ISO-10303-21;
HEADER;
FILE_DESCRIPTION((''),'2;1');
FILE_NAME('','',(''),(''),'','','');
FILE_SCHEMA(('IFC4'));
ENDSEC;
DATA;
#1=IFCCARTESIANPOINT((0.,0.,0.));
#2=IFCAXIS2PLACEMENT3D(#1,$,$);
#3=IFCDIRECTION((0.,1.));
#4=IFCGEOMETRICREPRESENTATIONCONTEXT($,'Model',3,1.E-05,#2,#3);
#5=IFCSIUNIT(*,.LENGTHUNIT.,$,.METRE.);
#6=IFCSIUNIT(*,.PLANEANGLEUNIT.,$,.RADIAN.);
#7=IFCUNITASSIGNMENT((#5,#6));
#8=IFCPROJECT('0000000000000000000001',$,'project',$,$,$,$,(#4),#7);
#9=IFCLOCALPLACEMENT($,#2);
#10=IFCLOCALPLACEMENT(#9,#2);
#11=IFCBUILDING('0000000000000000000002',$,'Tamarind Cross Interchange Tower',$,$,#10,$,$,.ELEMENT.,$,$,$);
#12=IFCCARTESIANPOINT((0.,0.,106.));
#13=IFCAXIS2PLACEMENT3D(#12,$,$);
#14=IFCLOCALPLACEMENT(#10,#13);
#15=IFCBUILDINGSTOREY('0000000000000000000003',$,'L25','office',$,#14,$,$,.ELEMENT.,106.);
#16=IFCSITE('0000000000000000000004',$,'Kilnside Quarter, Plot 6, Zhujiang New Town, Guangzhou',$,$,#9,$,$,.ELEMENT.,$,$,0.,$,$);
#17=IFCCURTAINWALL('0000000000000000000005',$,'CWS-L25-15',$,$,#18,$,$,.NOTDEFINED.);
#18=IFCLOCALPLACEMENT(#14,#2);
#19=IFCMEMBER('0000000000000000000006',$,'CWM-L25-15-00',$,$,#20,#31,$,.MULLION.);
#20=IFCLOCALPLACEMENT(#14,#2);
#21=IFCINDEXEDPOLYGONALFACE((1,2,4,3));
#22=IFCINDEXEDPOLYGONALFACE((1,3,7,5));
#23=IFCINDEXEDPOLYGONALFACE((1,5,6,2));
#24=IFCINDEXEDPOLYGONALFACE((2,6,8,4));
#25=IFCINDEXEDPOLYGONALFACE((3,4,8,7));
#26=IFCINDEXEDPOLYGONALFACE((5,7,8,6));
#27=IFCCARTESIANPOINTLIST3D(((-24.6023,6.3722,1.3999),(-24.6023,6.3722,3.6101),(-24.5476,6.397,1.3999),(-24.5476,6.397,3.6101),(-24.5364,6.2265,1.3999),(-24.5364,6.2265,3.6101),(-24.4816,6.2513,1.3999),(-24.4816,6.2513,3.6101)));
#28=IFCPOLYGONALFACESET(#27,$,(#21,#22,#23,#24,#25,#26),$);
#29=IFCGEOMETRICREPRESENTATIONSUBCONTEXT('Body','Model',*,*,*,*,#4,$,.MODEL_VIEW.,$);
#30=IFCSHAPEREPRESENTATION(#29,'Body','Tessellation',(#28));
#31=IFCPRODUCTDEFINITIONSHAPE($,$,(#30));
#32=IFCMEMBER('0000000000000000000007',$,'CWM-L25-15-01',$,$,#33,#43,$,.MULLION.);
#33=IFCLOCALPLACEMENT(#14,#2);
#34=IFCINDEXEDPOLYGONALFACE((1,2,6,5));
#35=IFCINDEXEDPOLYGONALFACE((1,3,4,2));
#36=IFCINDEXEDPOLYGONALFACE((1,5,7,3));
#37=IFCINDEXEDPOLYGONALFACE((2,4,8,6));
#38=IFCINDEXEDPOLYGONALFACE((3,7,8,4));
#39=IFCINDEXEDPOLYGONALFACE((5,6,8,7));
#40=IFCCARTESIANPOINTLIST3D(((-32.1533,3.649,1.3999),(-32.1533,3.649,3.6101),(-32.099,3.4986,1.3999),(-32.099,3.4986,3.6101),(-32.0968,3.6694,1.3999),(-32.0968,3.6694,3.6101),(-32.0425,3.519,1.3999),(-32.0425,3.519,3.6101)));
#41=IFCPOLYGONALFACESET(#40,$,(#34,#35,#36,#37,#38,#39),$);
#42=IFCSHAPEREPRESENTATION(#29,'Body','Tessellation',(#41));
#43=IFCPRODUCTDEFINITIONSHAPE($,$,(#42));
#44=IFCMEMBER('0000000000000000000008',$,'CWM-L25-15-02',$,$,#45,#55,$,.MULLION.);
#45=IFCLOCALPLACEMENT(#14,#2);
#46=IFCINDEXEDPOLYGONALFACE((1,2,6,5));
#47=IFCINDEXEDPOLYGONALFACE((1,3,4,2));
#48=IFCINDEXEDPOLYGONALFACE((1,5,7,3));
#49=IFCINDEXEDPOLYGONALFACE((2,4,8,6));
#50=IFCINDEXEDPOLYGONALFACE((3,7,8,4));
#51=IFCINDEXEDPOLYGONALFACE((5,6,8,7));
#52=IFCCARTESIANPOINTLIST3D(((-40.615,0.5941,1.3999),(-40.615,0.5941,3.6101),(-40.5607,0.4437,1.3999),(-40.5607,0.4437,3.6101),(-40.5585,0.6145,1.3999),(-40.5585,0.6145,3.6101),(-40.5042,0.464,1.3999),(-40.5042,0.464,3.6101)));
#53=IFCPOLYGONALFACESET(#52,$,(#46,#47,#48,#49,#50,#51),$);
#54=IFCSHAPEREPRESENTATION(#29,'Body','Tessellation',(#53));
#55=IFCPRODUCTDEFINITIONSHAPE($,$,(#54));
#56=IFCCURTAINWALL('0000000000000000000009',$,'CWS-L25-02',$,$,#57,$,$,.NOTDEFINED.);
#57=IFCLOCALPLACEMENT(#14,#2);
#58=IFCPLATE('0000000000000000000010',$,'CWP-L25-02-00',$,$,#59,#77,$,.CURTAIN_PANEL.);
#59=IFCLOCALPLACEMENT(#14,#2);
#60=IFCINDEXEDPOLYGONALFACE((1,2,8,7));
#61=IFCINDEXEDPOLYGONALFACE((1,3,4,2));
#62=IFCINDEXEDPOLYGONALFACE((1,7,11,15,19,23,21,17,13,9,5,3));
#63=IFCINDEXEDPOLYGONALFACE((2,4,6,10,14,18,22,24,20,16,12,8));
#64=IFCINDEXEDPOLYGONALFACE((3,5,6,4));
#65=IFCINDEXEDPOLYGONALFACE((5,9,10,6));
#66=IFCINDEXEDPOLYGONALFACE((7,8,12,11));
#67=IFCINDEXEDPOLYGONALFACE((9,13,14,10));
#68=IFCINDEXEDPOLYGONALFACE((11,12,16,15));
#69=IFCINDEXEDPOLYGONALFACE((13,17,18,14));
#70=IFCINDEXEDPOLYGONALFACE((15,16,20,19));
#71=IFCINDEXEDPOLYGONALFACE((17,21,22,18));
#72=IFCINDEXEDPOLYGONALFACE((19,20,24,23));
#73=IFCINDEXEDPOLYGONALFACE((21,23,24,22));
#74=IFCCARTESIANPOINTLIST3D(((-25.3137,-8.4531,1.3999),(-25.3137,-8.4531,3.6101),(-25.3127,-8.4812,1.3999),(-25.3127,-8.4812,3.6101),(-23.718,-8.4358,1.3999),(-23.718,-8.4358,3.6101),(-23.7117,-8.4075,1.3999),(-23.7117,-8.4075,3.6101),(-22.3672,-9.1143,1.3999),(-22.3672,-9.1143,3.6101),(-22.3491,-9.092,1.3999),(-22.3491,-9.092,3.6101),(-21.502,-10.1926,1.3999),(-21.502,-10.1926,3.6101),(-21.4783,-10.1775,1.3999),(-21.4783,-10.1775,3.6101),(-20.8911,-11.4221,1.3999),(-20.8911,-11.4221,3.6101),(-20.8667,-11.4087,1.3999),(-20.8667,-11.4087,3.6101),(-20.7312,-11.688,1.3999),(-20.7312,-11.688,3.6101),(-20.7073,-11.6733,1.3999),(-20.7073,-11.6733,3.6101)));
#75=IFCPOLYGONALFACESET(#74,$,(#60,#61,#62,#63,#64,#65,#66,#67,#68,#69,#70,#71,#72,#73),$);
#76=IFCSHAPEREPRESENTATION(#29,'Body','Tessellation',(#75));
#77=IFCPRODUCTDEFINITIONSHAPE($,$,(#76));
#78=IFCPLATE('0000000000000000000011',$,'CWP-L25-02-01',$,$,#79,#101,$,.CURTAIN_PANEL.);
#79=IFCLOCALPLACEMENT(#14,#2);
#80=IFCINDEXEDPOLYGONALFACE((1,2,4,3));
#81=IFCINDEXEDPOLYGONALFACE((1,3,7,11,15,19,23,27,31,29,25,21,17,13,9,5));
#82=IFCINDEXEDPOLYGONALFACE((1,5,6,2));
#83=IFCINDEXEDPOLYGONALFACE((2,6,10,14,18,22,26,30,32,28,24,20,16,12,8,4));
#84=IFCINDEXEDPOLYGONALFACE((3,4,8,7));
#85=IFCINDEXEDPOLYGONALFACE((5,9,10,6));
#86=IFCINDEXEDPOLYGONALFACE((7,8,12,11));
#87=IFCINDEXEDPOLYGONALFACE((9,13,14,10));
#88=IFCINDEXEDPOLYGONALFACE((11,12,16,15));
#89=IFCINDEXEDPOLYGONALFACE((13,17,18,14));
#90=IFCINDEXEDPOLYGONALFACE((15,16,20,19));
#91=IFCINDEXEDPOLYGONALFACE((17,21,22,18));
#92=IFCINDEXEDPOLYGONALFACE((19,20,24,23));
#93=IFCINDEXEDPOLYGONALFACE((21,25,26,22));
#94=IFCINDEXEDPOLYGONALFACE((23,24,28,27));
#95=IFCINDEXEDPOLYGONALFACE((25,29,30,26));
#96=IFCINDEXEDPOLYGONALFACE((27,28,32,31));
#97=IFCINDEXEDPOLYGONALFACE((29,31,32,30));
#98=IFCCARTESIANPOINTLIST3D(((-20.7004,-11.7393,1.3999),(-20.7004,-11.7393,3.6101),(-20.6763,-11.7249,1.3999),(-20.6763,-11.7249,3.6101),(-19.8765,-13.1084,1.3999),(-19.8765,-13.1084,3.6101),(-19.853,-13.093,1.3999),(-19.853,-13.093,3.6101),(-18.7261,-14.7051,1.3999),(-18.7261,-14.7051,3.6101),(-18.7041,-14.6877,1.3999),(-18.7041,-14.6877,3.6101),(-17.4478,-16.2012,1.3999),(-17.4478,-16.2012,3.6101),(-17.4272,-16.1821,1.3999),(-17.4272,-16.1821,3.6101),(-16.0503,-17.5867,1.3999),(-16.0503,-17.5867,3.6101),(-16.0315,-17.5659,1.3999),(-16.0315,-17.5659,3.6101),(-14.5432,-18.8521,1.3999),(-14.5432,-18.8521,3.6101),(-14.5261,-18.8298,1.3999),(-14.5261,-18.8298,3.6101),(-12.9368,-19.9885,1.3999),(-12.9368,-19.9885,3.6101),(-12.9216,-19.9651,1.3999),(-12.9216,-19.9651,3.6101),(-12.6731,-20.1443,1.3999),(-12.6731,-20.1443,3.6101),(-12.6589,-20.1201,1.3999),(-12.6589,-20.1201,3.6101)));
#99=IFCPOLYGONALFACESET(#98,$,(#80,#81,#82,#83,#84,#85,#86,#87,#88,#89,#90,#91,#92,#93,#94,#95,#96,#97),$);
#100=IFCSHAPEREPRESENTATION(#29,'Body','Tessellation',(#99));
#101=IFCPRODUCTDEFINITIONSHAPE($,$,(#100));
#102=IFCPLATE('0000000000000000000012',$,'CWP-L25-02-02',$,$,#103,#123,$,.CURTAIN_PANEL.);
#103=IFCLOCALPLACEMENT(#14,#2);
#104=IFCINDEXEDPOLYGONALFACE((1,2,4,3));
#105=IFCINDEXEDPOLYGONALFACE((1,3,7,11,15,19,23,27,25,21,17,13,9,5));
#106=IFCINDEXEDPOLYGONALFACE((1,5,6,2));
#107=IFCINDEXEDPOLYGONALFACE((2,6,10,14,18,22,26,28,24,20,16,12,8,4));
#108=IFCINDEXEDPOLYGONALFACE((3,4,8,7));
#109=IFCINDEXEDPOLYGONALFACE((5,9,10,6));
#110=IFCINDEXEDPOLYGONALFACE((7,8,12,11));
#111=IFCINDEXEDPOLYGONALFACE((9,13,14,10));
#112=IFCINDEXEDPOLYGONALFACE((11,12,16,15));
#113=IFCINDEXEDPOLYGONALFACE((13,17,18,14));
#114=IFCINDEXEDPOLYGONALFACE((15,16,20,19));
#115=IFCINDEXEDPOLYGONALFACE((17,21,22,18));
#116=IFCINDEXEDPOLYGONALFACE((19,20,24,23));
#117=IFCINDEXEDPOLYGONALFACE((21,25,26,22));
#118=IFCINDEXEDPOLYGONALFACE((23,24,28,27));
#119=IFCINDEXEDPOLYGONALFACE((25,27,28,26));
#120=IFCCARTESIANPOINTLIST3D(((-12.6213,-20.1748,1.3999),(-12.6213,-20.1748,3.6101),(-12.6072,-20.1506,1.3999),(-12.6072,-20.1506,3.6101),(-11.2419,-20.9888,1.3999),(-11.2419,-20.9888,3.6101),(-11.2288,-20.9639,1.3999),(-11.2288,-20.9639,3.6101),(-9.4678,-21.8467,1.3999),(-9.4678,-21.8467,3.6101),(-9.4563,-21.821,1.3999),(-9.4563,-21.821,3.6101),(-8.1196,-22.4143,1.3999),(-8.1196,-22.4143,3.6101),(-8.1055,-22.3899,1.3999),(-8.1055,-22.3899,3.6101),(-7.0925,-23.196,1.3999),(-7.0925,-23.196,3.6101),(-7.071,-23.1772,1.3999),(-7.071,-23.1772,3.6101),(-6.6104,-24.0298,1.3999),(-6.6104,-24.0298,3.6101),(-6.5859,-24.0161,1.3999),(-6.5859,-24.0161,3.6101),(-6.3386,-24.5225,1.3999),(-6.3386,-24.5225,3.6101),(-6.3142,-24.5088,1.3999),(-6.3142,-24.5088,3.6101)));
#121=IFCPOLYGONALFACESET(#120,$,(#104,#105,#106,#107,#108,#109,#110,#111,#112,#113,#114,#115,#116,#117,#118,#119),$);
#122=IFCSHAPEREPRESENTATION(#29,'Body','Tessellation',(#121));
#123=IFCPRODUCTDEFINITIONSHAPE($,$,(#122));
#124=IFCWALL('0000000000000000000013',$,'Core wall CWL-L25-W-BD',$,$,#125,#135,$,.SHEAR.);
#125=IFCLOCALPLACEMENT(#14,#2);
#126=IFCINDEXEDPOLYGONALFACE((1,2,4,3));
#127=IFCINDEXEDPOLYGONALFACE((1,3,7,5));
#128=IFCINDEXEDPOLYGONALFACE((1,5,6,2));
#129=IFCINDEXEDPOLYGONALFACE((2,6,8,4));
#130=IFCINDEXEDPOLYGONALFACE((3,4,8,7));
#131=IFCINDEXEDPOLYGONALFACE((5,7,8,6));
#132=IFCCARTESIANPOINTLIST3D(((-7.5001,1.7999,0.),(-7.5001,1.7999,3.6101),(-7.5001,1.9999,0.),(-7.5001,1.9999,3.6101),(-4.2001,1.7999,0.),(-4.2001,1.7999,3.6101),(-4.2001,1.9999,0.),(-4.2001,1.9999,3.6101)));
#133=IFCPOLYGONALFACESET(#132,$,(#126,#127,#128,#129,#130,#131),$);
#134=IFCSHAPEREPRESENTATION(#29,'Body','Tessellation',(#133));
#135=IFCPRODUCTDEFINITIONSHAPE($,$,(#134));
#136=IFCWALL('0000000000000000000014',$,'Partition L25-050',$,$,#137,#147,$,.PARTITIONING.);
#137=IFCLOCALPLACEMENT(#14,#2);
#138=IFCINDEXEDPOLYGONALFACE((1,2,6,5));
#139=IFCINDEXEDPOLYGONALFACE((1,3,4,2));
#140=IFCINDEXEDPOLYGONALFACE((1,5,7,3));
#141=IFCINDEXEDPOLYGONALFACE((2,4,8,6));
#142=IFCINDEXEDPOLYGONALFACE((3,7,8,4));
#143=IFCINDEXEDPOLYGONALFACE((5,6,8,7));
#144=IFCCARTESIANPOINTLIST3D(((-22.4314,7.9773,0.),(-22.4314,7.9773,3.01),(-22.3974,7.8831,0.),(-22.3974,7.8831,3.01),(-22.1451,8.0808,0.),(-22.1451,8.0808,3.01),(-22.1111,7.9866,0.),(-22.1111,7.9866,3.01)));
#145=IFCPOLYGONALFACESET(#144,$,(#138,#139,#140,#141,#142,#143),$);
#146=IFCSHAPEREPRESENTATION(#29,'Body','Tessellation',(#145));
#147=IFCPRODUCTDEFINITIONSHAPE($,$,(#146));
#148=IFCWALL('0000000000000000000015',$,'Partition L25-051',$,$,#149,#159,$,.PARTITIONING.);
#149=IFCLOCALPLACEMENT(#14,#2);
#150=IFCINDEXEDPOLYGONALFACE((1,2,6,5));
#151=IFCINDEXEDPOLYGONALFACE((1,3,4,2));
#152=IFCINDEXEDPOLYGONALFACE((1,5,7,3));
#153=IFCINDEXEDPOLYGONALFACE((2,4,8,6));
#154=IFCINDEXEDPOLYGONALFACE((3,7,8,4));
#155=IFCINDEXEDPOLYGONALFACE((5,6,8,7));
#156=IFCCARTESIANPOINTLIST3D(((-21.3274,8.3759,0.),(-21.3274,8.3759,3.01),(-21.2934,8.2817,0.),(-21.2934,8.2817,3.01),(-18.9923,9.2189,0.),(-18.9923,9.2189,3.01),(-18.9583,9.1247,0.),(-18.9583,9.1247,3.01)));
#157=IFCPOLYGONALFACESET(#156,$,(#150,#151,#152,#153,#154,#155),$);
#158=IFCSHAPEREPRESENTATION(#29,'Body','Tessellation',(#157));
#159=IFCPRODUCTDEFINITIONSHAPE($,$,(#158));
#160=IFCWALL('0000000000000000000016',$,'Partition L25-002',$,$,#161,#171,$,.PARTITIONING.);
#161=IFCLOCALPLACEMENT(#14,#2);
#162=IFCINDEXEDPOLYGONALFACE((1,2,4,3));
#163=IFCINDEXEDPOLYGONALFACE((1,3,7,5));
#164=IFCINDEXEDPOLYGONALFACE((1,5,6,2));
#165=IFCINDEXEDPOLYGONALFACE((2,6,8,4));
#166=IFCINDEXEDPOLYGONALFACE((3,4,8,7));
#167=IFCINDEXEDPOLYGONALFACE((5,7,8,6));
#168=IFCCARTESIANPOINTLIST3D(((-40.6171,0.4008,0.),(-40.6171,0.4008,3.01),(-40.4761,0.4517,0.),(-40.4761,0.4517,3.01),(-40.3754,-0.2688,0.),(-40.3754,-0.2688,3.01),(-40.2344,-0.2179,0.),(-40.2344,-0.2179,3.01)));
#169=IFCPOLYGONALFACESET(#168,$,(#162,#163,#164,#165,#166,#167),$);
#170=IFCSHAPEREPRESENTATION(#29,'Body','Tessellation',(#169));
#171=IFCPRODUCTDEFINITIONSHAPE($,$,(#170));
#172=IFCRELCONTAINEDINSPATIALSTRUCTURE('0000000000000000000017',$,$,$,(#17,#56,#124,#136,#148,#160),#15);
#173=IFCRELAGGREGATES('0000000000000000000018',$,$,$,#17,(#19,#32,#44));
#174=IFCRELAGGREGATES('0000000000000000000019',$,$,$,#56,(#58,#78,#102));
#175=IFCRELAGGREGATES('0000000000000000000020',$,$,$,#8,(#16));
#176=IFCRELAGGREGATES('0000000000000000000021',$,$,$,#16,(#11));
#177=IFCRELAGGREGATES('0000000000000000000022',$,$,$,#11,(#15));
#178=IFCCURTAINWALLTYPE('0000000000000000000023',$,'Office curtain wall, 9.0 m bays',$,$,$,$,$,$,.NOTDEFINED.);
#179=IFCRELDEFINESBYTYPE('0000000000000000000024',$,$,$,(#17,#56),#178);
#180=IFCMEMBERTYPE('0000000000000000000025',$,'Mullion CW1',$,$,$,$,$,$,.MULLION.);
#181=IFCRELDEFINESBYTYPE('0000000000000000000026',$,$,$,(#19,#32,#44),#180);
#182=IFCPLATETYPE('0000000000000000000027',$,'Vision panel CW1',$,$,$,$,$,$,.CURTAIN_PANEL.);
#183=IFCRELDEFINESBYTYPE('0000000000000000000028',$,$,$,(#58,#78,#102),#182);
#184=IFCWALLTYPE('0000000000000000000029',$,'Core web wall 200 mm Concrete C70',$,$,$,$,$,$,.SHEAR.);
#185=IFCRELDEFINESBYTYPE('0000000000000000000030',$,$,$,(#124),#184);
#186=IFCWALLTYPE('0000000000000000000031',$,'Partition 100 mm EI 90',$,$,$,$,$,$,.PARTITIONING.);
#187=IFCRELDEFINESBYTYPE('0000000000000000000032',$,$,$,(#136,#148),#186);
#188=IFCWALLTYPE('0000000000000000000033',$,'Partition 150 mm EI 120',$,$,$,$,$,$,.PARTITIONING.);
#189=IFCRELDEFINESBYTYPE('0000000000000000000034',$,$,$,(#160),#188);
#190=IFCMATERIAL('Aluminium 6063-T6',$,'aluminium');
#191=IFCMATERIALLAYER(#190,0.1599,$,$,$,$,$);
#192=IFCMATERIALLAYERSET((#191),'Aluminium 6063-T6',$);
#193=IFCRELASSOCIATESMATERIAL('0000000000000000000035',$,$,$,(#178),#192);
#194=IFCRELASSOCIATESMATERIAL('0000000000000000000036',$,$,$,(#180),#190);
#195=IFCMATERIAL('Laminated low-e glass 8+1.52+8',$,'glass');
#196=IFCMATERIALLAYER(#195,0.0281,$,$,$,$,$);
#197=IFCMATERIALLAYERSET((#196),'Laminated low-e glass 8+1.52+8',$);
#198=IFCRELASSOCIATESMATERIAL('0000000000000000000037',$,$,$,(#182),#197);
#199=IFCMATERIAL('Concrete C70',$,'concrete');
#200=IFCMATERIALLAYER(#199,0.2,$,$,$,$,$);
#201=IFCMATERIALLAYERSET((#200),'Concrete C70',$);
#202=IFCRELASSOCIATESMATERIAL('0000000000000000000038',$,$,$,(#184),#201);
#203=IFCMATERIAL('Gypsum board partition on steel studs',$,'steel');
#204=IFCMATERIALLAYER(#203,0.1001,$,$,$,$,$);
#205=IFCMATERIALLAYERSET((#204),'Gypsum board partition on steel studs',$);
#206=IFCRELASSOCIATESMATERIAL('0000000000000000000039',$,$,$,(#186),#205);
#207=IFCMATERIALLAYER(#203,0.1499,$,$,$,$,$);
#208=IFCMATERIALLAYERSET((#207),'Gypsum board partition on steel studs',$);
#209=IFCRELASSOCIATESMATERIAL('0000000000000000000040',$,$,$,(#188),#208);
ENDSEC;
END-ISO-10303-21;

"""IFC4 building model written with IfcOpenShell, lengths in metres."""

from ifc_helpers import new_model, si_unit, direction, frame, frame_2d, origin, origin_2d, place, context, subcontext, project, spatial, polyline, rectangle, outline, extrude, material, layer, layer_set, material_profile, profile_set, type_object, element, aggregate, save


model = new_model("IFC4")

# Units and contexts
model_context = context("Model", 3, precision=1e-05, world=origin(), true_north=direction((0.0, 1.0)))
body_context = subcontext(model_context, "Body", "Model", "MODEL_VIEW")
ifc_project = project(units=[si_unit("LENGTHUNIT", "METRE"), si_unit("PLANEANGLEUNIT", "RADIAN")], contexts=[model_context])

# Site, building, storey
site_placement = place(None, origin())
site = spatial("IfcSite", under=ifc_project, at=site_placement, Name="Kilnside Quarter, Plot 6, Zhujiang New Town, Guangzhou", CompositionType="ELEMENT", RefElevation=0.0)
building_placement = place(site_placement, origin())
building = spatial("IfcBuilding", under=site, at=building_placement, Name="Tamarind Cross Interchange Tower", CompositionType="ELEMENT")
storey_placement = place(building_placement, frame((0.0, 0.0, 106.0)))
storey = spatial("IfcBuildingStorey", under=building, at=storey_placement, Name="L25", Description="office", CompositionType="ELEMENT", Elevation=106.0)

# Curtain wall, members
ifc_material_1 = material(Name="Aluminium 6063-T6", Category="aluminium")
ifc_layer_1 = layer(ifc_material_1, 0.1599)
ifc_layer_set_1 = layer_set([ifc_layer_1], Name="Aluminium 6063-T6")
curtain_wall_type = type_object("IfcCurtainWallType", Name="Office curtain wall, 9.0 m bays", PredefinedType="NOTDEFINED", material=ifc_layer_set_1)
curtain_wall_1_placement = place(storey_placement, origin())
curtain_wall_1 = element("IfcCurtainWall", 1, at=curtain_wall_1_placement, inside=storey, type_object=curtain_wall_type, Name="CWS-L25-15", PredefinedType="NOTDEFINED")
ifc_material_profile_1 = material_profile(ifc_material_1, rectangle(XDim=0.0601, YDim=0.1599, at=origin_2d()), Name="Mullion CW1")
ifc_profile_set_1 = profile_set([ifc_material_profile_1], Name="Aluminium 6063-T6")
member_type = type_object("IfcMemberType", Name="Mullion CW1", PredefinedType="MULLION", material=ifc_profile_set_1)
member_1_placement = place(storey_placement, frame((-24.542, 6.3118, 1.3999), z_axis=(0.0, 0.0, 1.0), x_axis=(-0.910916, -0.412591, 0.0)))
member_1 = element("IfcMember", 2, at=member_1_placement, type_object=member_type, Name="CWM-L25-15-00", PredefinedType="MULLION", context=body_context, shape_type="SweptSolid", body=[
    extrude(rectangle(XDim=0.0601, YDim=0.1599, at=origin_2d()), origin(), (0.0, 0.0, 1.0), 2.2102),
])
member_2_placement = place(storey_placement, frame((-32.0979, 3.584, 1.3999), z_axis=(0.0, 0.0, 1.0), x_axis=(-0.940578, -0.339579, 0.0)))
member_2 = element("IfcMember", 3, at=member_2_placement, type_object=member_type, Name="CWM-L25-15-01", PredefinedType="MULLION", context=body_context, shape_type="SweptSolid", body=[
    extrude(rectangle(XDim=0.0601, YDim=0.1599, at=origin_2d()), origin(), (0.0, 0.0, 1.0), 2.2102),
])
member_3_placement = place(storey_placement, frame((-40.5596, 0.5291, 1.3999), z_axis=(0.0, 0.0, 1.0), x_axis=(-0.940578, -0.339579, 0.0)))
member_3 = element("IfcMember", 4, at=member_3_placement, type_object=member_type, Name="CWM-L25-15-02", PredefinedType="MULLION", context=body_context, shape_type="SweptSolid", body=[
    extrude(rectangle(XDim=0.0601, YDim=0.1599, at=origin_2d()), origin(), (0.0, 0.0, 1.0), 2.2102),
])
aggregate(curtain_wall_1, [member_1, member_2, member_3])

# Curtain wall, plates
curtain_wall_2_placement = place(storey_placement, origin())
curtain_wall_2 = element("IfcCurtainWall", 5, at=curtain_wall_2_placement, inside=storey, type_object=curtain_wall_type, Name="CWS-L25-02", PredefinedType="NOTDEFINED")
ifc_material_2 = material(Name="Laminated low-e glass 8+1.52+8", Category="glass")
ifc_layer_2 = layer(ifc_material_2, 0.0281)
ifc_layer_set_2 = layer_set([ifc_layer_2], Name="Laminated low-e glass 8+1.52+8")
plate_type = type_object("IfcPlateType", Name="Vision panel CW1", PredefinedType="CURTAIN_PANEL", material=ifc_layer_set_2)
plate_1_placement = place(storey_placement, frame((0.0, 0.0, 1.3999)))
plate_1 = element("IfcPlate", 6, at=plate_1_placement, type_object=plate_type, Name="CWP-L25-02-00", PredefinedType="CURTAIN_PANEL", context=body_context, shape_type="SweptSolid", body=[
    extrude(outline(polyline([(-25.3137, -8.4531), (-23.7117, -8.4075), (-22.3491, -9.092), (-21.4783, -10.1775), (-20.8667, -11.4087), (-20.7073, -11.6733), (-20.7312, -11.688), (-20.8911, -11.4221), (-21.502, -10.1926), (-22.3672, -9.1143), (-23.718, -8.4358), (-25.3127, -8.4812), (-25.3137, -8.4531)])), origin(), (0.0, 0.0, 1.0), 2.2102),
])
plate_2_placement = place(storey_placement, frame((0.0, 0.0, 1.3999)))
plate_2 = element("IfcPlate", 7, at=plate_2_placement, type_object=plate_type, Name="CWP-L25-02-01", PredefinedType="CURTAIN_PANEL", context=body_context, shape_type="SweptSolid", body=[
    extrude(outline(polyline([(-20.6763, -11.7249), (-19.853, -13.093), (-18.7041, -14.6877), (-17.4272, -16.1821), (-16.0315, -17.5659), (-14.5261, -18.8298), (-12.9216, -19.9651), (-12.6589, -20.1201), (-12.6731, -20.1443), (-12.9368, -19.9885), (-14.5432, -18.8521), (-16.0503, -17.5867), (-17.4478, -16.2012), (-18.7261, -14.7051), (-19.8765, -13.1084), (-20.7004, -11.7393), (-20.6763, -11.7249)])), origin(), (0.0, 0.0, 1.0), 2.2102),
])
plate_3_placement = place(storey_placement, frame((0.0, 0.0, 1.3999)))
plate_3 = element("IfcPlate", 8, at=plate_3_placement, type_object=plate_type, Name="CWP-L25-02-02", PredefinedType="CURTAIN_PANEL", context=body_context, shape_type="SweptSolid", body=[
    extrude(outline(polyline([(-12.6072, -20.1506), (-11.2288, -20.9639), (-9.4563, -21.821), (-8.1055, -22.3899), (-7.071, -23.1772), (-6.5859, -24.0161), (-6.3142, -24.5088), (-6.3386, -24.5225), (-6.6104, -24.0298), (-7.0925, -23.196), (-8.1196, -22.4143), (-9.4678, -21.8467), (-11.2419, -20.9888), (-12.6213, -20.1748), (-12.6072, -20.1506)])), origin(), (0.0, 0.0, 1.0), 2.2102),
])
aggregate(curtain_wall_2, [plate_1, plate_2, plate_3])

# Walls
ifc_material_3 = material(Name="Concrete C70", Category="concrete")
ifc_layer_3 = layer(ifc_material_3, 0.2)
ifc_layer_set_3 = layer_set([ifc_layer_3], Name="Concrete C70")
wall_type_1 = type_object("IfcWallType", Name="Core web wall 200 mm Concrete C70", PredefinedType="SHEAR", material=ifc_layer_set_3)
wall_1_placement = place(storey_placement, frame((-7.5, 1.8999, 0.0), z_axis=(0.0, 0.0, 1.0), x_axis=(1.0, 0.0, 0.0)))
element("IfcWall", 9, at=wall_1_placement, inside=storey, type_object=wall_type_1, Name="Core wall CWL-L25-W-BD", PredefinedType="SHEAR", context=body_context, shape_type="SweptSolid", body=[
    extrude(rectangle(XDim=3.3, YDim=0.2, at=frame_2d((1.6499, 0.0))), origin(), (0.0, 0.0, 1.0), 3.6101),
])
ifc_material_4 = material(Name="Gypsum board partition on steel studs", Category="steel")
ifc_layer_4 = layer(ifc_material_4, 0.1001)
ifc_layer_set_4 = layer_set([ifc_layer_4], Name="Gypsum board partition on steel studs")
wall_type_2 = type_object("IfcWallType", Name="Partition 100 mm EI 90", PredefinedType="PARTITIONING", material=ifc_layer_set_4)
wall_2_placement = place(storey_placement, frame((-22.4146, 7.9302, 0.0), z_axis=(0.0, 0.0, 1.0), x_axis=(0.940447, 0.33994, 0.0)))
element("IfcWall", 10, at=wall_2_placement, inside=storey, type_object=wall_type_2, Name="Partition L25-050", PredefinedType="PARTITIONING", context=body_context, shape_type="SweptSolid", body=[
    extrude(rectangle(XDim=0.3044, YDim=0.1001, at=frame_2d((0.1523, 0.0))), origin(), (0.0, 0.0, 1.0), 3.01),
])
wall_3_placement = place(storey_placement, frame((-21.3103, 8.3289, 0.0), z_axis=(0.0, 0.0, 1.0), x_axis=(0.940586, 0.339555, 0.0)))
element("IfcWall", 11, at=wall_3_placement, inside=storey, type_object=wall_type_2, Name="Partition L25-051", PredefinedType="PARTITIONING", context=body_context, shape_type="SweptSolid", body=[
    extrude(rectangle(XDim=2.4827, YDim=0.1001, at=frame_2d((1.2412, 0.0))), origin(), (0.0, 0.0, 1.0), 3.01),
])
ifc_layer_5 = layer(ifc_material_4, 0.1499)
ifc_layer_set_5 = layer_set([ifc_layer_5], Name="Gypsum board partition on steel studs")
wall_type_3 = type_object("IfcWallType", Name="Partition 150 mm EI 120", PredefinedType="PARTITIONING", material=ifc_layer_set_5)
wall_4_placement = place(storey_placement, frame((-40.5466, 0.4263, 0.0), z_axis=(0.0, 0.0, 1.0), x_axis=(0.339484, -0.940612, 0.0)))
element("IfcWall", 12, at=wall_4_placement, inside=storey, type_object=wall_type_3, Name="Partition L25-002", PredefinedType="PARTITIONING", context=body_context, shape_type="SweptSolid", body=[
    extrude(rectangle(XDim=0.7119, YDim=0.1499, at=frame_2d((0.356, 0.0))), origin(), (0.0, 0.0, 1.0), 3.01),
])

save(model, "model.ifc")
